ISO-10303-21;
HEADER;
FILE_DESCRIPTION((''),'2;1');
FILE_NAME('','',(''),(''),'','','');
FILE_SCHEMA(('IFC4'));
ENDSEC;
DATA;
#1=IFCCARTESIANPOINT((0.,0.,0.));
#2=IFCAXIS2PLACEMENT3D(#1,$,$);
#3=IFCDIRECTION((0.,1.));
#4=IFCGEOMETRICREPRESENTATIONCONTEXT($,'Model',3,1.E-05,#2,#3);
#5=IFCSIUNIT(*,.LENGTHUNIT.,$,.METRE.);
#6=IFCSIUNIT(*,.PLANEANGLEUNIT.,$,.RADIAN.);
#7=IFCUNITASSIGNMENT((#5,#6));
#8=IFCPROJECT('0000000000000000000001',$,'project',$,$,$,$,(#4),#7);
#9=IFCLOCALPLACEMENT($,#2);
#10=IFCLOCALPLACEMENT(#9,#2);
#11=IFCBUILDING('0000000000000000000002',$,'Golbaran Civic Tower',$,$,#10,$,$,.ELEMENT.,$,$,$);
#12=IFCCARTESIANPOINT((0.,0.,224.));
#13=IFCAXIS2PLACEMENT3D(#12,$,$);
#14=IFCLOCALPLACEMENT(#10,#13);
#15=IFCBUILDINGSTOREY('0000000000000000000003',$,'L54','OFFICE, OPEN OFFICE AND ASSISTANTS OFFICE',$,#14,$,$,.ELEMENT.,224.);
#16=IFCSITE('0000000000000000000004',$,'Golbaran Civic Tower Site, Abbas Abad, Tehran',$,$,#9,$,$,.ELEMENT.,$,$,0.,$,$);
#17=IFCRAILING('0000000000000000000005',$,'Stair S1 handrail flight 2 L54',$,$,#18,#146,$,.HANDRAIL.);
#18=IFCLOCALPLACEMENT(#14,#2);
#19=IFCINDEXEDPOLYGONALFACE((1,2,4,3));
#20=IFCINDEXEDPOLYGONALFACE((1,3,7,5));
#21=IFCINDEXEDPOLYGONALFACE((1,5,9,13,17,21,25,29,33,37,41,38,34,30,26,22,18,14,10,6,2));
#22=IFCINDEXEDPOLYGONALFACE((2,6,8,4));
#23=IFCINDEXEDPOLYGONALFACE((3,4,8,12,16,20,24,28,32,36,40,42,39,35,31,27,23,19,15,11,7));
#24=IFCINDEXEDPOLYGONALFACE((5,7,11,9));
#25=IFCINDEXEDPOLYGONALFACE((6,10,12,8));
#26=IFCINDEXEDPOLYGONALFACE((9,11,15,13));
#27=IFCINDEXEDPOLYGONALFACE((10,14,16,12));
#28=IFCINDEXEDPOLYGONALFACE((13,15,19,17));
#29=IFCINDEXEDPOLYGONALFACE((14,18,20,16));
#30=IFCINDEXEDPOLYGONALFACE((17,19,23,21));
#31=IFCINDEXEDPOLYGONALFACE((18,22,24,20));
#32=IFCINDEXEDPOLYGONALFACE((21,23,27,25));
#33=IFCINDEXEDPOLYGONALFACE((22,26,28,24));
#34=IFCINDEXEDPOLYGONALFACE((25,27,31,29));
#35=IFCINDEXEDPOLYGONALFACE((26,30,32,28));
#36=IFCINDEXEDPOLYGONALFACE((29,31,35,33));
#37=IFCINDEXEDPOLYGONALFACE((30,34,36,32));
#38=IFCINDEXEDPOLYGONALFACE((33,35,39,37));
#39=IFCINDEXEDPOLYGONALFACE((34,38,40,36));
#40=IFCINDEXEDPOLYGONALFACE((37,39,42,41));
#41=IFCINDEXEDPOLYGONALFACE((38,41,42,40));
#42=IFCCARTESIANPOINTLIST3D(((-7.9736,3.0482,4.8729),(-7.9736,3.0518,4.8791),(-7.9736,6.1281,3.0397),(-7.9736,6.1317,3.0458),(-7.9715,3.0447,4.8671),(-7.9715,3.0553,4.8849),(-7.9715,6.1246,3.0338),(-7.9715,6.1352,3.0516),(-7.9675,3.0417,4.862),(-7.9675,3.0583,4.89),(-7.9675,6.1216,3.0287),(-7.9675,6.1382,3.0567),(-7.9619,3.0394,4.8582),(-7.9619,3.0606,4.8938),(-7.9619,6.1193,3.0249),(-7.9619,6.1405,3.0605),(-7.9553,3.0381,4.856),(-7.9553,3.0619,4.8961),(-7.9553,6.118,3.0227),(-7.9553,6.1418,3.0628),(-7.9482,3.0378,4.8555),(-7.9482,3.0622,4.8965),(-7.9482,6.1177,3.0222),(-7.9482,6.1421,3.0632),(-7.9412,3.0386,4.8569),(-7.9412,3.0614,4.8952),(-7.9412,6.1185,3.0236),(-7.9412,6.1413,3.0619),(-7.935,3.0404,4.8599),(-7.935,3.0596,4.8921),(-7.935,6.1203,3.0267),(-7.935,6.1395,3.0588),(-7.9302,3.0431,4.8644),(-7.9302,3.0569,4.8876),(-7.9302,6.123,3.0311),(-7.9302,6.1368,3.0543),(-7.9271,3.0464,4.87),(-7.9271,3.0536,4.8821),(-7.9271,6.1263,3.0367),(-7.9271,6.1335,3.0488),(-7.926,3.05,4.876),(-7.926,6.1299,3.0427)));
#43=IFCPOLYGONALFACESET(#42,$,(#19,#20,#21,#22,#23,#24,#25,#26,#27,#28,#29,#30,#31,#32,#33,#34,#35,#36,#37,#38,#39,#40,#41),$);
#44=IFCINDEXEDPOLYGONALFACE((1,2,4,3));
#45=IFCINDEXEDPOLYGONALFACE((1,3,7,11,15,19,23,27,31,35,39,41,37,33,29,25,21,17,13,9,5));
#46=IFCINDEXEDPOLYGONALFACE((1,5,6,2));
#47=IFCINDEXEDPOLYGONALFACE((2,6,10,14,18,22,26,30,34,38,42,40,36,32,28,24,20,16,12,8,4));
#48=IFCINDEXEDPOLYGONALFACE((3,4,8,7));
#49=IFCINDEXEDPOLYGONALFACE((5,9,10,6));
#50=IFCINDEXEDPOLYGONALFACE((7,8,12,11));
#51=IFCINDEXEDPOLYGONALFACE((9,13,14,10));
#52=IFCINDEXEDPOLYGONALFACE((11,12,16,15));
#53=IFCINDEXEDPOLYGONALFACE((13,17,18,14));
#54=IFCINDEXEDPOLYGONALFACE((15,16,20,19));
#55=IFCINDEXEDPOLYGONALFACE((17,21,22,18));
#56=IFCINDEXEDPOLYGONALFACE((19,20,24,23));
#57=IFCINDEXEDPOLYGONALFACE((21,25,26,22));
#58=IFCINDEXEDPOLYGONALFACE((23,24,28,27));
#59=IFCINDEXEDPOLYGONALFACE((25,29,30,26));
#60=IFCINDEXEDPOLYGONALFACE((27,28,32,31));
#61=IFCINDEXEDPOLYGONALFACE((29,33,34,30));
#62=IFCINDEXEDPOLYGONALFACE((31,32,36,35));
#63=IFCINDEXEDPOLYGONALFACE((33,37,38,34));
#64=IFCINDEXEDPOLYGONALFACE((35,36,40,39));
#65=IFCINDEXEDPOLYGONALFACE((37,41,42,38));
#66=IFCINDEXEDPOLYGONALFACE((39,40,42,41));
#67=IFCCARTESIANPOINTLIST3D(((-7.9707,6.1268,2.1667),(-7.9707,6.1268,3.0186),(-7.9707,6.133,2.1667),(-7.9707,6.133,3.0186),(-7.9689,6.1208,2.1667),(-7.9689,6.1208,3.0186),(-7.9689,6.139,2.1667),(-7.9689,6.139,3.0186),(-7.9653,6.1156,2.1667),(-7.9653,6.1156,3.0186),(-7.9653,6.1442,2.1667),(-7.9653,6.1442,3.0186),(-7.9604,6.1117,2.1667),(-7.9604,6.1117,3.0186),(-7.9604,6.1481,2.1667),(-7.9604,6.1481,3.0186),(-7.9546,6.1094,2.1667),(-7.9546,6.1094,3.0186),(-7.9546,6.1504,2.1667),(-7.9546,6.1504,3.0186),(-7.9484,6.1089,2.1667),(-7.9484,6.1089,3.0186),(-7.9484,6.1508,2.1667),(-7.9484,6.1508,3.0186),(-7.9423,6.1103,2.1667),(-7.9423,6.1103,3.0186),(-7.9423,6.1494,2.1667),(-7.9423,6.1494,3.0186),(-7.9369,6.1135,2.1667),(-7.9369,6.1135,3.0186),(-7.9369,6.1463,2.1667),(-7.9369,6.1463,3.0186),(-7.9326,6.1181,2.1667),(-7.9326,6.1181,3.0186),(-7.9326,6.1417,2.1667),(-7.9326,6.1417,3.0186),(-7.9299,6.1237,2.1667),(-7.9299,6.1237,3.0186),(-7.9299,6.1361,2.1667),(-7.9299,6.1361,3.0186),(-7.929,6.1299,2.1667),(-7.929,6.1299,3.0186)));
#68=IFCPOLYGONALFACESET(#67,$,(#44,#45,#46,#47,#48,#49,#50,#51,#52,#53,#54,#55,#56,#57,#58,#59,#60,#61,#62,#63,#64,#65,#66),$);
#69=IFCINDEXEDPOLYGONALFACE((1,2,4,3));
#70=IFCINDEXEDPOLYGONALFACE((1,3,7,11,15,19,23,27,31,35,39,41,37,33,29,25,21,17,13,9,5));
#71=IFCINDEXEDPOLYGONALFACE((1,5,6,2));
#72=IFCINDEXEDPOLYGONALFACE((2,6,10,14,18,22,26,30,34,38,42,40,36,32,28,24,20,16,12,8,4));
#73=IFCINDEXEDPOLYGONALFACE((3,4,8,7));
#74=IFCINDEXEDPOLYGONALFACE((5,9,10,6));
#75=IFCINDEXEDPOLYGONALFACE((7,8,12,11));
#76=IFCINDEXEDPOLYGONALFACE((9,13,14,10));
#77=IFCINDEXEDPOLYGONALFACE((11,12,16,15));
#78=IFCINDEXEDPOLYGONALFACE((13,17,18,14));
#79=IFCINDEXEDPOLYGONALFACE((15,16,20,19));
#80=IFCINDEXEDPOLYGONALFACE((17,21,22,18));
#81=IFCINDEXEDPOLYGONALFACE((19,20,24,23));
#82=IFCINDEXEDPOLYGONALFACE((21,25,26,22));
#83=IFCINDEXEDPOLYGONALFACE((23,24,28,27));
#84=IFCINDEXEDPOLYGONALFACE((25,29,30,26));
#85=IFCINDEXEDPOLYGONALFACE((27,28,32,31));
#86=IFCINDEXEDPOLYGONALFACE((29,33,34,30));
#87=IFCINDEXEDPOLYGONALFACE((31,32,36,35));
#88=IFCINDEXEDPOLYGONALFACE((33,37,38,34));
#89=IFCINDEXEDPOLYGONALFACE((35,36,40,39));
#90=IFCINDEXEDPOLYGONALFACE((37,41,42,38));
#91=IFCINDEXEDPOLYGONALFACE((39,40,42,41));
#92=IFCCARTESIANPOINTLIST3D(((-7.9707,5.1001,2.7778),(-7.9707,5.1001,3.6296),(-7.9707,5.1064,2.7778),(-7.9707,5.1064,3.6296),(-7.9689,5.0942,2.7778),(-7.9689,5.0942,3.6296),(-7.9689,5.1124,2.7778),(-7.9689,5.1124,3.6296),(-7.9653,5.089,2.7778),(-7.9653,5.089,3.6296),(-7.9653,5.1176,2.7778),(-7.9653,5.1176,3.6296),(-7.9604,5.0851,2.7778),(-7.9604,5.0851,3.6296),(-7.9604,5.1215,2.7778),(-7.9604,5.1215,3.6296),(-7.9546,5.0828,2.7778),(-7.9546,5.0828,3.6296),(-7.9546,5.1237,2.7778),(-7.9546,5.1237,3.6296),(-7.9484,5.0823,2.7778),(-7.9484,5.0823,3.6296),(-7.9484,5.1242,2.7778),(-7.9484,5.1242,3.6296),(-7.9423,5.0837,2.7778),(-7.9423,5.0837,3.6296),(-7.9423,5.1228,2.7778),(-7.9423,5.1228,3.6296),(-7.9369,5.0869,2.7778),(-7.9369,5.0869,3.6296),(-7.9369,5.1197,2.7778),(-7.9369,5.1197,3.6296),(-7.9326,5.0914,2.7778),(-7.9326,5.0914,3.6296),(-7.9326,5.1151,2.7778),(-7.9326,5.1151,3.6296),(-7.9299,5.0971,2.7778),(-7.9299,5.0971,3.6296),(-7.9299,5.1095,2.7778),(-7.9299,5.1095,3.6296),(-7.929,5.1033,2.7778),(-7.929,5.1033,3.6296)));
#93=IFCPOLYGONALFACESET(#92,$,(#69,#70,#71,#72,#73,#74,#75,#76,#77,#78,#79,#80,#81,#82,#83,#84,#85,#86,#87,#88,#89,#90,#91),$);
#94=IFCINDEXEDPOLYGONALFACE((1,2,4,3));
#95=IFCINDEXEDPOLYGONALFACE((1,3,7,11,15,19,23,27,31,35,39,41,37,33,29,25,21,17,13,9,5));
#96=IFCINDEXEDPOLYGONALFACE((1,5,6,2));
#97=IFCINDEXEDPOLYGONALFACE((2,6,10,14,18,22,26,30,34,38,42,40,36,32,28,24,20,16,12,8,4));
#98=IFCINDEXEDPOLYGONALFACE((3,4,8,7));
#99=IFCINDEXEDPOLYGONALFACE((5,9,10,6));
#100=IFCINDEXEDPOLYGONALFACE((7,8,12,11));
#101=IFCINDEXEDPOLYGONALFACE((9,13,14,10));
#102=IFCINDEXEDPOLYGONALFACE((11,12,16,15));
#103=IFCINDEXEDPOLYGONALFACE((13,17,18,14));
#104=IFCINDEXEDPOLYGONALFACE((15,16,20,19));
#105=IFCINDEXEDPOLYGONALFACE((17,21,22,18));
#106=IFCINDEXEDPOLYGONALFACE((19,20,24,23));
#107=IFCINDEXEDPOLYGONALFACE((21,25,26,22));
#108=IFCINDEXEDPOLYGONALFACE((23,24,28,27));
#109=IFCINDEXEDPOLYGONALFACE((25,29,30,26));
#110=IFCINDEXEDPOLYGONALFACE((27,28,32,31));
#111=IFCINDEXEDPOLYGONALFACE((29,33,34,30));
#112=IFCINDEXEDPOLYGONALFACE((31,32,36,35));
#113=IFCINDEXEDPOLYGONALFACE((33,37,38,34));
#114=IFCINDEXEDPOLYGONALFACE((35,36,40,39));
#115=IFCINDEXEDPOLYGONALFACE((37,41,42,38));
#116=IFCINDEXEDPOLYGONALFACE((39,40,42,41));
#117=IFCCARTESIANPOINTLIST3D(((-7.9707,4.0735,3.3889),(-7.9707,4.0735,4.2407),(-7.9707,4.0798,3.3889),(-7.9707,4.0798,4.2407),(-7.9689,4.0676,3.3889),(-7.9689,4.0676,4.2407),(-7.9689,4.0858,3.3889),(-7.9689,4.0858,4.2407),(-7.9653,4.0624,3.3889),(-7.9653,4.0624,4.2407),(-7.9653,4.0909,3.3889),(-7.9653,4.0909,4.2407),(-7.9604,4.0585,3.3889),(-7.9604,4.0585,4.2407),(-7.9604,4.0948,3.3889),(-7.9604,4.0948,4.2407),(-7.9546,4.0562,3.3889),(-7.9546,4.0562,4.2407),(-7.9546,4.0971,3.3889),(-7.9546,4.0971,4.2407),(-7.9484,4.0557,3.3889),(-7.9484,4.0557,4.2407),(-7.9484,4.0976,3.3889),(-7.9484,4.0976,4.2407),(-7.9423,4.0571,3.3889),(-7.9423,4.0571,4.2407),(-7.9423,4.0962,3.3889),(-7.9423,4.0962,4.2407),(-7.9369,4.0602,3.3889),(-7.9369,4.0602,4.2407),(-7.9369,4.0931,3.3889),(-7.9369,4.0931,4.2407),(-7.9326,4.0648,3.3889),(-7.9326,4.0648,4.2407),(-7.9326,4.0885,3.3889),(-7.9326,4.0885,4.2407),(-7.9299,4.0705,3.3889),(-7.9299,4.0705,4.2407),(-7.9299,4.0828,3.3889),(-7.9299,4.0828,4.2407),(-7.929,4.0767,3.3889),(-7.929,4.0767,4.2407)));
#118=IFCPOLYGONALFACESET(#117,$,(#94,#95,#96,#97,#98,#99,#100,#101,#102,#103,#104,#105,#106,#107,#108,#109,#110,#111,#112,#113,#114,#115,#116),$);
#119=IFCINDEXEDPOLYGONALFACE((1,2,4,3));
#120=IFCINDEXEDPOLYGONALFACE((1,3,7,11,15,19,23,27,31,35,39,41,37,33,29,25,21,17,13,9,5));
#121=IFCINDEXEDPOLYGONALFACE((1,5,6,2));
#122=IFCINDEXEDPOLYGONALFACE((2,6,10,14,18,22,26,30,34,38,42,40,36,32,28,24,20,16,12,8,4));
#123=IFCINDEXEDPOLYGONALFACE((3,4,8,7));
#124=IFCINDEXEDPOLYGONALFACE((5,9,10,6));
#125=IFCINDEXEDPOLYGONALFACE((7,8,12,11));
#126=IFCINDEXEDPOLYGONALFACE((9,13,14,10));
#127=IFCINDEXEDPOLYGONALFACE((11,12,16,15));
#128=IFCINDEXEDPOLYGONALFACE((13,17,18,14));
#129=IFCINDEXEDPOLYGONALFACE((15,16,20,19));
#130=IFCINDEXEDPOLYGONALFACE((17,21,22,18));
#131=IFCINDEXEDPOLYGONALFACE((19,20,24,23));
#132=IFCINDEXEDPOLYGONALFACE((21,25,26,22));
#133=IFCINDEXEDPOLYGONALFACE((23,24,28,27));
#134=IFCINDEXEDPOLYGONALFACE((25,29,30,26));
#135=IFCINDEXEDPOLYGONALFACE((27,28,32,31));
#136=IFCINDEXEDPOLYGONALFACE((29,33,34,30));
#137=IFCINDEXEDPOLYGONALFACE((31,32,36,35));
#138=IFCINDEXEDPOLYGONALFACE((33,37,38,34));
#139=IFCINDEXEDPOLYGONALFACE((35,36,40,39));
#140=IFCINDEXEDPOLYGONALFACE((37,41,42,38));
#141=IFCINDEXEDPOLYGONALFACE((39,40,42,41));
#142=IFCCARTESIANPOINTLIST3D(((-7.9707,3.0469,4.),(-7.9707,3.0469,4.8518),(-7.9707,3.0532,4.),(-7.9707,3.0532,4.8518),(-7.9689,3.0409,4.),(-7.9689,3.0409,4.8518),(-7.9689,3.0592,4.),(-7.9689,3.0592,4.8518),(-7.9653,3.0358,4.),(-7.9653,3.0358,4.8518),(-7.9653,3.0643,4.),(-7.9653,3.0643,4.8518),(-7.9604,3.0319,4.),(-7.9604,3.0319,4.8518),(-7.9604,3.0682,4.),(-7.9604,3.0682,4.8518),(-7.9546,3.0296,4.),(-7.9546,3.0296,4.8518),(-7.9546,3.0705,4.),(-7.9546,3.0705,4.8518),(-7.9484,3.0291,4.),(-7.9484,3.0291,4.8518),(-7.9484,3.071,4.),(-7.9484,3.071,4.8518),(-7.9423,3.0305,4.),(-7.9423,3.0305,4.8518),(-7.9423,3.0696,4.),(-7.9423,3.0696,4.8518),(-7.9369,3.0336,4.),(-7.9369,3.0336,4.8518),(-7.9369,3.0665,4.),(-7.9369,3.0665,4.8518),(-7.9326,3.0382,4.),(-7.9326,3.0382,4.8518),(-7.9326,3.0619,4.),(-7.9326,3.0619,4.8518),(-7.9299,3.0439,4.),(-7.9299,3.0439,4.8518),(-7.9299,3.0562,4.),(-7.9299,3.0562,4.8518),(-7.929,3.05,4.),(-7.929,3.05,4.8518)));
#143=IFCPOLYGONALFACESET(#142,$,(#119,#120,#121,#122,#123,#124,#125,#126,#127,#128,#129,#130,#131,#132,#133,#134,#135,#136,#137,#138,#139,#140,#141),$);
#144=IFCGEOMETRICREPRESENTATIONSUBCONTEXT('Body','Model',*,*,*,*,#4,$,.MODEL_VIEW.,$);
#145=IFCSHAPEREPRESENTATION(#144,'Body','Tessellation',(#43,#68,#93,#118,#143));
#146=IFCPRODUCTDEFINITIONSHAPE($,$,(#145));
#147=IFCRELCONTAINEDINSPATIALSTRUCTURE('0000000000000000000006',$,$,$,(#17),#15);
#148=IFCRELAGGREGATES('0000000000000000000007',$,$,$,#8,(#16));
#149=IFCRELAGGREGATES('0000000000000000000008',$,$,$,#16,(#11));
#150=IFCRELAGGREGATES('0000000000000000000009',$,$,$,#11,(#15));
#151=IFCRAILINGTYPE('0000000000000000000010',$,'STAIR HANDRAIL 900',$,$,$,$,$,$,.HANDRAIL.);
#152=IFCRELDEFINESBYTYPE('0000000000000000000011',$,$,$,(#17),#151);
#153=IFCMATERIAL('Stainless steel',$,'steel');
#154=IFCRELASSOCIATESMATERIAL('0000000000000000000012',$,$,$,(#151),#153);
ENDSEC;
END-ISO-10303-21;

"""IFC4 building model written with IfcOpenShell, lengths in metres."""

from ifc_helpers import new_model, si_unit, direction, frame, origin, origin_2d, place, context, subcontext, project, spatial, circle, extrude, material, type_object, element, save


model = new_model("IFC4")

# Units and contexts
model_context = context("Model", 3, precision=1e-05, world=origin(), true_north=direction((0.0, 1.0)))
body_context = subcontext(model_context, "Body", "Model", "MODEL_VIEW")
ifc_project = project(units=[si_unit("LENGTHUNIT", "METRE"), si_unit("PLANEANGLEUNIT", "RADIAN")], contexts=[model_context])

# Site, building, storey
site_placement = place(None, origin())
site = spatial("IfcSite", under=ifc_project, at=site_placement, Name="Golbaran Civic Tower Site, Abbas Abad, Tehran", CompositionType="ELEMENT", RefElevation=0.0)
building_placement = place(site_placement, origin())
building = spatial("IfcBuilding", under=site, at=building_placement, Name="Golbaran Civic Tower", CompositionType="ELEMENT")
storey_placement = place(building_placement, frame((0.0, 0.0, 224.0)))
storey = spatial("IfcBuildingStorey", under=building, at=storey_placement, Name="L54", Description="OFFICE, OPEN OFFICE AND ASSISTANTS OFFICE", CompositionType="ELEMENT", Elevation=224.0)

# Shared definitions
ifc_material_1 = material(Name="Stainless steel", Category="steel")

# Railing
railing_type = type_object("IfcRailingType", Name="STAIR HANDRAIL 900", PredefinedType="HANDRAIL", material=ifc_material_1)
railing_1_placement = place(storey_placement, frame((-7.95, 6.1299, 2.1667)))
element("IfcRailing", 1, at=railing_1_placement, inside=storey, type_object=railing_type, Name="Stair S1 handrail flight 2 L54", PredefinedType="HANDRAIL", context=body_context, shape_type="SweptSolid", body=[
    extrude(circle(Radius=0.0239, at=origin_2d()), frame((0.0, 0.0, 0.876), z_axis=(0.0, -0.859291, 0.511487), x_axis=(1.0, 0.0, 0.0)), (0.0, 0.0, 1.0), 3.5842),
    extrude(circle(Radius=0.021, at=origin_2d()), origin(), (0.0, 0.0, 1.0), 0.8518),
    extrude(circle(Radius=0.021, at=origin_2d()), frame((0.0, -1.0266, 0.6111)), (0.0, 0.0, 1.0), 0.8518),
    extrude(circle(Radius=0.021, at=origin_2d()), frame((0.0, -2.0532, 1.2222)), (0.0, 0.0, 1.0), 0.8518),
    extrude(circle(Radius=0.021, at=origin_2d()), frame((0.0, -3.0798, 1.8333)), (0.0, 0.0, 1.0), 0.8518),
])

save(model, "model.ifc")
